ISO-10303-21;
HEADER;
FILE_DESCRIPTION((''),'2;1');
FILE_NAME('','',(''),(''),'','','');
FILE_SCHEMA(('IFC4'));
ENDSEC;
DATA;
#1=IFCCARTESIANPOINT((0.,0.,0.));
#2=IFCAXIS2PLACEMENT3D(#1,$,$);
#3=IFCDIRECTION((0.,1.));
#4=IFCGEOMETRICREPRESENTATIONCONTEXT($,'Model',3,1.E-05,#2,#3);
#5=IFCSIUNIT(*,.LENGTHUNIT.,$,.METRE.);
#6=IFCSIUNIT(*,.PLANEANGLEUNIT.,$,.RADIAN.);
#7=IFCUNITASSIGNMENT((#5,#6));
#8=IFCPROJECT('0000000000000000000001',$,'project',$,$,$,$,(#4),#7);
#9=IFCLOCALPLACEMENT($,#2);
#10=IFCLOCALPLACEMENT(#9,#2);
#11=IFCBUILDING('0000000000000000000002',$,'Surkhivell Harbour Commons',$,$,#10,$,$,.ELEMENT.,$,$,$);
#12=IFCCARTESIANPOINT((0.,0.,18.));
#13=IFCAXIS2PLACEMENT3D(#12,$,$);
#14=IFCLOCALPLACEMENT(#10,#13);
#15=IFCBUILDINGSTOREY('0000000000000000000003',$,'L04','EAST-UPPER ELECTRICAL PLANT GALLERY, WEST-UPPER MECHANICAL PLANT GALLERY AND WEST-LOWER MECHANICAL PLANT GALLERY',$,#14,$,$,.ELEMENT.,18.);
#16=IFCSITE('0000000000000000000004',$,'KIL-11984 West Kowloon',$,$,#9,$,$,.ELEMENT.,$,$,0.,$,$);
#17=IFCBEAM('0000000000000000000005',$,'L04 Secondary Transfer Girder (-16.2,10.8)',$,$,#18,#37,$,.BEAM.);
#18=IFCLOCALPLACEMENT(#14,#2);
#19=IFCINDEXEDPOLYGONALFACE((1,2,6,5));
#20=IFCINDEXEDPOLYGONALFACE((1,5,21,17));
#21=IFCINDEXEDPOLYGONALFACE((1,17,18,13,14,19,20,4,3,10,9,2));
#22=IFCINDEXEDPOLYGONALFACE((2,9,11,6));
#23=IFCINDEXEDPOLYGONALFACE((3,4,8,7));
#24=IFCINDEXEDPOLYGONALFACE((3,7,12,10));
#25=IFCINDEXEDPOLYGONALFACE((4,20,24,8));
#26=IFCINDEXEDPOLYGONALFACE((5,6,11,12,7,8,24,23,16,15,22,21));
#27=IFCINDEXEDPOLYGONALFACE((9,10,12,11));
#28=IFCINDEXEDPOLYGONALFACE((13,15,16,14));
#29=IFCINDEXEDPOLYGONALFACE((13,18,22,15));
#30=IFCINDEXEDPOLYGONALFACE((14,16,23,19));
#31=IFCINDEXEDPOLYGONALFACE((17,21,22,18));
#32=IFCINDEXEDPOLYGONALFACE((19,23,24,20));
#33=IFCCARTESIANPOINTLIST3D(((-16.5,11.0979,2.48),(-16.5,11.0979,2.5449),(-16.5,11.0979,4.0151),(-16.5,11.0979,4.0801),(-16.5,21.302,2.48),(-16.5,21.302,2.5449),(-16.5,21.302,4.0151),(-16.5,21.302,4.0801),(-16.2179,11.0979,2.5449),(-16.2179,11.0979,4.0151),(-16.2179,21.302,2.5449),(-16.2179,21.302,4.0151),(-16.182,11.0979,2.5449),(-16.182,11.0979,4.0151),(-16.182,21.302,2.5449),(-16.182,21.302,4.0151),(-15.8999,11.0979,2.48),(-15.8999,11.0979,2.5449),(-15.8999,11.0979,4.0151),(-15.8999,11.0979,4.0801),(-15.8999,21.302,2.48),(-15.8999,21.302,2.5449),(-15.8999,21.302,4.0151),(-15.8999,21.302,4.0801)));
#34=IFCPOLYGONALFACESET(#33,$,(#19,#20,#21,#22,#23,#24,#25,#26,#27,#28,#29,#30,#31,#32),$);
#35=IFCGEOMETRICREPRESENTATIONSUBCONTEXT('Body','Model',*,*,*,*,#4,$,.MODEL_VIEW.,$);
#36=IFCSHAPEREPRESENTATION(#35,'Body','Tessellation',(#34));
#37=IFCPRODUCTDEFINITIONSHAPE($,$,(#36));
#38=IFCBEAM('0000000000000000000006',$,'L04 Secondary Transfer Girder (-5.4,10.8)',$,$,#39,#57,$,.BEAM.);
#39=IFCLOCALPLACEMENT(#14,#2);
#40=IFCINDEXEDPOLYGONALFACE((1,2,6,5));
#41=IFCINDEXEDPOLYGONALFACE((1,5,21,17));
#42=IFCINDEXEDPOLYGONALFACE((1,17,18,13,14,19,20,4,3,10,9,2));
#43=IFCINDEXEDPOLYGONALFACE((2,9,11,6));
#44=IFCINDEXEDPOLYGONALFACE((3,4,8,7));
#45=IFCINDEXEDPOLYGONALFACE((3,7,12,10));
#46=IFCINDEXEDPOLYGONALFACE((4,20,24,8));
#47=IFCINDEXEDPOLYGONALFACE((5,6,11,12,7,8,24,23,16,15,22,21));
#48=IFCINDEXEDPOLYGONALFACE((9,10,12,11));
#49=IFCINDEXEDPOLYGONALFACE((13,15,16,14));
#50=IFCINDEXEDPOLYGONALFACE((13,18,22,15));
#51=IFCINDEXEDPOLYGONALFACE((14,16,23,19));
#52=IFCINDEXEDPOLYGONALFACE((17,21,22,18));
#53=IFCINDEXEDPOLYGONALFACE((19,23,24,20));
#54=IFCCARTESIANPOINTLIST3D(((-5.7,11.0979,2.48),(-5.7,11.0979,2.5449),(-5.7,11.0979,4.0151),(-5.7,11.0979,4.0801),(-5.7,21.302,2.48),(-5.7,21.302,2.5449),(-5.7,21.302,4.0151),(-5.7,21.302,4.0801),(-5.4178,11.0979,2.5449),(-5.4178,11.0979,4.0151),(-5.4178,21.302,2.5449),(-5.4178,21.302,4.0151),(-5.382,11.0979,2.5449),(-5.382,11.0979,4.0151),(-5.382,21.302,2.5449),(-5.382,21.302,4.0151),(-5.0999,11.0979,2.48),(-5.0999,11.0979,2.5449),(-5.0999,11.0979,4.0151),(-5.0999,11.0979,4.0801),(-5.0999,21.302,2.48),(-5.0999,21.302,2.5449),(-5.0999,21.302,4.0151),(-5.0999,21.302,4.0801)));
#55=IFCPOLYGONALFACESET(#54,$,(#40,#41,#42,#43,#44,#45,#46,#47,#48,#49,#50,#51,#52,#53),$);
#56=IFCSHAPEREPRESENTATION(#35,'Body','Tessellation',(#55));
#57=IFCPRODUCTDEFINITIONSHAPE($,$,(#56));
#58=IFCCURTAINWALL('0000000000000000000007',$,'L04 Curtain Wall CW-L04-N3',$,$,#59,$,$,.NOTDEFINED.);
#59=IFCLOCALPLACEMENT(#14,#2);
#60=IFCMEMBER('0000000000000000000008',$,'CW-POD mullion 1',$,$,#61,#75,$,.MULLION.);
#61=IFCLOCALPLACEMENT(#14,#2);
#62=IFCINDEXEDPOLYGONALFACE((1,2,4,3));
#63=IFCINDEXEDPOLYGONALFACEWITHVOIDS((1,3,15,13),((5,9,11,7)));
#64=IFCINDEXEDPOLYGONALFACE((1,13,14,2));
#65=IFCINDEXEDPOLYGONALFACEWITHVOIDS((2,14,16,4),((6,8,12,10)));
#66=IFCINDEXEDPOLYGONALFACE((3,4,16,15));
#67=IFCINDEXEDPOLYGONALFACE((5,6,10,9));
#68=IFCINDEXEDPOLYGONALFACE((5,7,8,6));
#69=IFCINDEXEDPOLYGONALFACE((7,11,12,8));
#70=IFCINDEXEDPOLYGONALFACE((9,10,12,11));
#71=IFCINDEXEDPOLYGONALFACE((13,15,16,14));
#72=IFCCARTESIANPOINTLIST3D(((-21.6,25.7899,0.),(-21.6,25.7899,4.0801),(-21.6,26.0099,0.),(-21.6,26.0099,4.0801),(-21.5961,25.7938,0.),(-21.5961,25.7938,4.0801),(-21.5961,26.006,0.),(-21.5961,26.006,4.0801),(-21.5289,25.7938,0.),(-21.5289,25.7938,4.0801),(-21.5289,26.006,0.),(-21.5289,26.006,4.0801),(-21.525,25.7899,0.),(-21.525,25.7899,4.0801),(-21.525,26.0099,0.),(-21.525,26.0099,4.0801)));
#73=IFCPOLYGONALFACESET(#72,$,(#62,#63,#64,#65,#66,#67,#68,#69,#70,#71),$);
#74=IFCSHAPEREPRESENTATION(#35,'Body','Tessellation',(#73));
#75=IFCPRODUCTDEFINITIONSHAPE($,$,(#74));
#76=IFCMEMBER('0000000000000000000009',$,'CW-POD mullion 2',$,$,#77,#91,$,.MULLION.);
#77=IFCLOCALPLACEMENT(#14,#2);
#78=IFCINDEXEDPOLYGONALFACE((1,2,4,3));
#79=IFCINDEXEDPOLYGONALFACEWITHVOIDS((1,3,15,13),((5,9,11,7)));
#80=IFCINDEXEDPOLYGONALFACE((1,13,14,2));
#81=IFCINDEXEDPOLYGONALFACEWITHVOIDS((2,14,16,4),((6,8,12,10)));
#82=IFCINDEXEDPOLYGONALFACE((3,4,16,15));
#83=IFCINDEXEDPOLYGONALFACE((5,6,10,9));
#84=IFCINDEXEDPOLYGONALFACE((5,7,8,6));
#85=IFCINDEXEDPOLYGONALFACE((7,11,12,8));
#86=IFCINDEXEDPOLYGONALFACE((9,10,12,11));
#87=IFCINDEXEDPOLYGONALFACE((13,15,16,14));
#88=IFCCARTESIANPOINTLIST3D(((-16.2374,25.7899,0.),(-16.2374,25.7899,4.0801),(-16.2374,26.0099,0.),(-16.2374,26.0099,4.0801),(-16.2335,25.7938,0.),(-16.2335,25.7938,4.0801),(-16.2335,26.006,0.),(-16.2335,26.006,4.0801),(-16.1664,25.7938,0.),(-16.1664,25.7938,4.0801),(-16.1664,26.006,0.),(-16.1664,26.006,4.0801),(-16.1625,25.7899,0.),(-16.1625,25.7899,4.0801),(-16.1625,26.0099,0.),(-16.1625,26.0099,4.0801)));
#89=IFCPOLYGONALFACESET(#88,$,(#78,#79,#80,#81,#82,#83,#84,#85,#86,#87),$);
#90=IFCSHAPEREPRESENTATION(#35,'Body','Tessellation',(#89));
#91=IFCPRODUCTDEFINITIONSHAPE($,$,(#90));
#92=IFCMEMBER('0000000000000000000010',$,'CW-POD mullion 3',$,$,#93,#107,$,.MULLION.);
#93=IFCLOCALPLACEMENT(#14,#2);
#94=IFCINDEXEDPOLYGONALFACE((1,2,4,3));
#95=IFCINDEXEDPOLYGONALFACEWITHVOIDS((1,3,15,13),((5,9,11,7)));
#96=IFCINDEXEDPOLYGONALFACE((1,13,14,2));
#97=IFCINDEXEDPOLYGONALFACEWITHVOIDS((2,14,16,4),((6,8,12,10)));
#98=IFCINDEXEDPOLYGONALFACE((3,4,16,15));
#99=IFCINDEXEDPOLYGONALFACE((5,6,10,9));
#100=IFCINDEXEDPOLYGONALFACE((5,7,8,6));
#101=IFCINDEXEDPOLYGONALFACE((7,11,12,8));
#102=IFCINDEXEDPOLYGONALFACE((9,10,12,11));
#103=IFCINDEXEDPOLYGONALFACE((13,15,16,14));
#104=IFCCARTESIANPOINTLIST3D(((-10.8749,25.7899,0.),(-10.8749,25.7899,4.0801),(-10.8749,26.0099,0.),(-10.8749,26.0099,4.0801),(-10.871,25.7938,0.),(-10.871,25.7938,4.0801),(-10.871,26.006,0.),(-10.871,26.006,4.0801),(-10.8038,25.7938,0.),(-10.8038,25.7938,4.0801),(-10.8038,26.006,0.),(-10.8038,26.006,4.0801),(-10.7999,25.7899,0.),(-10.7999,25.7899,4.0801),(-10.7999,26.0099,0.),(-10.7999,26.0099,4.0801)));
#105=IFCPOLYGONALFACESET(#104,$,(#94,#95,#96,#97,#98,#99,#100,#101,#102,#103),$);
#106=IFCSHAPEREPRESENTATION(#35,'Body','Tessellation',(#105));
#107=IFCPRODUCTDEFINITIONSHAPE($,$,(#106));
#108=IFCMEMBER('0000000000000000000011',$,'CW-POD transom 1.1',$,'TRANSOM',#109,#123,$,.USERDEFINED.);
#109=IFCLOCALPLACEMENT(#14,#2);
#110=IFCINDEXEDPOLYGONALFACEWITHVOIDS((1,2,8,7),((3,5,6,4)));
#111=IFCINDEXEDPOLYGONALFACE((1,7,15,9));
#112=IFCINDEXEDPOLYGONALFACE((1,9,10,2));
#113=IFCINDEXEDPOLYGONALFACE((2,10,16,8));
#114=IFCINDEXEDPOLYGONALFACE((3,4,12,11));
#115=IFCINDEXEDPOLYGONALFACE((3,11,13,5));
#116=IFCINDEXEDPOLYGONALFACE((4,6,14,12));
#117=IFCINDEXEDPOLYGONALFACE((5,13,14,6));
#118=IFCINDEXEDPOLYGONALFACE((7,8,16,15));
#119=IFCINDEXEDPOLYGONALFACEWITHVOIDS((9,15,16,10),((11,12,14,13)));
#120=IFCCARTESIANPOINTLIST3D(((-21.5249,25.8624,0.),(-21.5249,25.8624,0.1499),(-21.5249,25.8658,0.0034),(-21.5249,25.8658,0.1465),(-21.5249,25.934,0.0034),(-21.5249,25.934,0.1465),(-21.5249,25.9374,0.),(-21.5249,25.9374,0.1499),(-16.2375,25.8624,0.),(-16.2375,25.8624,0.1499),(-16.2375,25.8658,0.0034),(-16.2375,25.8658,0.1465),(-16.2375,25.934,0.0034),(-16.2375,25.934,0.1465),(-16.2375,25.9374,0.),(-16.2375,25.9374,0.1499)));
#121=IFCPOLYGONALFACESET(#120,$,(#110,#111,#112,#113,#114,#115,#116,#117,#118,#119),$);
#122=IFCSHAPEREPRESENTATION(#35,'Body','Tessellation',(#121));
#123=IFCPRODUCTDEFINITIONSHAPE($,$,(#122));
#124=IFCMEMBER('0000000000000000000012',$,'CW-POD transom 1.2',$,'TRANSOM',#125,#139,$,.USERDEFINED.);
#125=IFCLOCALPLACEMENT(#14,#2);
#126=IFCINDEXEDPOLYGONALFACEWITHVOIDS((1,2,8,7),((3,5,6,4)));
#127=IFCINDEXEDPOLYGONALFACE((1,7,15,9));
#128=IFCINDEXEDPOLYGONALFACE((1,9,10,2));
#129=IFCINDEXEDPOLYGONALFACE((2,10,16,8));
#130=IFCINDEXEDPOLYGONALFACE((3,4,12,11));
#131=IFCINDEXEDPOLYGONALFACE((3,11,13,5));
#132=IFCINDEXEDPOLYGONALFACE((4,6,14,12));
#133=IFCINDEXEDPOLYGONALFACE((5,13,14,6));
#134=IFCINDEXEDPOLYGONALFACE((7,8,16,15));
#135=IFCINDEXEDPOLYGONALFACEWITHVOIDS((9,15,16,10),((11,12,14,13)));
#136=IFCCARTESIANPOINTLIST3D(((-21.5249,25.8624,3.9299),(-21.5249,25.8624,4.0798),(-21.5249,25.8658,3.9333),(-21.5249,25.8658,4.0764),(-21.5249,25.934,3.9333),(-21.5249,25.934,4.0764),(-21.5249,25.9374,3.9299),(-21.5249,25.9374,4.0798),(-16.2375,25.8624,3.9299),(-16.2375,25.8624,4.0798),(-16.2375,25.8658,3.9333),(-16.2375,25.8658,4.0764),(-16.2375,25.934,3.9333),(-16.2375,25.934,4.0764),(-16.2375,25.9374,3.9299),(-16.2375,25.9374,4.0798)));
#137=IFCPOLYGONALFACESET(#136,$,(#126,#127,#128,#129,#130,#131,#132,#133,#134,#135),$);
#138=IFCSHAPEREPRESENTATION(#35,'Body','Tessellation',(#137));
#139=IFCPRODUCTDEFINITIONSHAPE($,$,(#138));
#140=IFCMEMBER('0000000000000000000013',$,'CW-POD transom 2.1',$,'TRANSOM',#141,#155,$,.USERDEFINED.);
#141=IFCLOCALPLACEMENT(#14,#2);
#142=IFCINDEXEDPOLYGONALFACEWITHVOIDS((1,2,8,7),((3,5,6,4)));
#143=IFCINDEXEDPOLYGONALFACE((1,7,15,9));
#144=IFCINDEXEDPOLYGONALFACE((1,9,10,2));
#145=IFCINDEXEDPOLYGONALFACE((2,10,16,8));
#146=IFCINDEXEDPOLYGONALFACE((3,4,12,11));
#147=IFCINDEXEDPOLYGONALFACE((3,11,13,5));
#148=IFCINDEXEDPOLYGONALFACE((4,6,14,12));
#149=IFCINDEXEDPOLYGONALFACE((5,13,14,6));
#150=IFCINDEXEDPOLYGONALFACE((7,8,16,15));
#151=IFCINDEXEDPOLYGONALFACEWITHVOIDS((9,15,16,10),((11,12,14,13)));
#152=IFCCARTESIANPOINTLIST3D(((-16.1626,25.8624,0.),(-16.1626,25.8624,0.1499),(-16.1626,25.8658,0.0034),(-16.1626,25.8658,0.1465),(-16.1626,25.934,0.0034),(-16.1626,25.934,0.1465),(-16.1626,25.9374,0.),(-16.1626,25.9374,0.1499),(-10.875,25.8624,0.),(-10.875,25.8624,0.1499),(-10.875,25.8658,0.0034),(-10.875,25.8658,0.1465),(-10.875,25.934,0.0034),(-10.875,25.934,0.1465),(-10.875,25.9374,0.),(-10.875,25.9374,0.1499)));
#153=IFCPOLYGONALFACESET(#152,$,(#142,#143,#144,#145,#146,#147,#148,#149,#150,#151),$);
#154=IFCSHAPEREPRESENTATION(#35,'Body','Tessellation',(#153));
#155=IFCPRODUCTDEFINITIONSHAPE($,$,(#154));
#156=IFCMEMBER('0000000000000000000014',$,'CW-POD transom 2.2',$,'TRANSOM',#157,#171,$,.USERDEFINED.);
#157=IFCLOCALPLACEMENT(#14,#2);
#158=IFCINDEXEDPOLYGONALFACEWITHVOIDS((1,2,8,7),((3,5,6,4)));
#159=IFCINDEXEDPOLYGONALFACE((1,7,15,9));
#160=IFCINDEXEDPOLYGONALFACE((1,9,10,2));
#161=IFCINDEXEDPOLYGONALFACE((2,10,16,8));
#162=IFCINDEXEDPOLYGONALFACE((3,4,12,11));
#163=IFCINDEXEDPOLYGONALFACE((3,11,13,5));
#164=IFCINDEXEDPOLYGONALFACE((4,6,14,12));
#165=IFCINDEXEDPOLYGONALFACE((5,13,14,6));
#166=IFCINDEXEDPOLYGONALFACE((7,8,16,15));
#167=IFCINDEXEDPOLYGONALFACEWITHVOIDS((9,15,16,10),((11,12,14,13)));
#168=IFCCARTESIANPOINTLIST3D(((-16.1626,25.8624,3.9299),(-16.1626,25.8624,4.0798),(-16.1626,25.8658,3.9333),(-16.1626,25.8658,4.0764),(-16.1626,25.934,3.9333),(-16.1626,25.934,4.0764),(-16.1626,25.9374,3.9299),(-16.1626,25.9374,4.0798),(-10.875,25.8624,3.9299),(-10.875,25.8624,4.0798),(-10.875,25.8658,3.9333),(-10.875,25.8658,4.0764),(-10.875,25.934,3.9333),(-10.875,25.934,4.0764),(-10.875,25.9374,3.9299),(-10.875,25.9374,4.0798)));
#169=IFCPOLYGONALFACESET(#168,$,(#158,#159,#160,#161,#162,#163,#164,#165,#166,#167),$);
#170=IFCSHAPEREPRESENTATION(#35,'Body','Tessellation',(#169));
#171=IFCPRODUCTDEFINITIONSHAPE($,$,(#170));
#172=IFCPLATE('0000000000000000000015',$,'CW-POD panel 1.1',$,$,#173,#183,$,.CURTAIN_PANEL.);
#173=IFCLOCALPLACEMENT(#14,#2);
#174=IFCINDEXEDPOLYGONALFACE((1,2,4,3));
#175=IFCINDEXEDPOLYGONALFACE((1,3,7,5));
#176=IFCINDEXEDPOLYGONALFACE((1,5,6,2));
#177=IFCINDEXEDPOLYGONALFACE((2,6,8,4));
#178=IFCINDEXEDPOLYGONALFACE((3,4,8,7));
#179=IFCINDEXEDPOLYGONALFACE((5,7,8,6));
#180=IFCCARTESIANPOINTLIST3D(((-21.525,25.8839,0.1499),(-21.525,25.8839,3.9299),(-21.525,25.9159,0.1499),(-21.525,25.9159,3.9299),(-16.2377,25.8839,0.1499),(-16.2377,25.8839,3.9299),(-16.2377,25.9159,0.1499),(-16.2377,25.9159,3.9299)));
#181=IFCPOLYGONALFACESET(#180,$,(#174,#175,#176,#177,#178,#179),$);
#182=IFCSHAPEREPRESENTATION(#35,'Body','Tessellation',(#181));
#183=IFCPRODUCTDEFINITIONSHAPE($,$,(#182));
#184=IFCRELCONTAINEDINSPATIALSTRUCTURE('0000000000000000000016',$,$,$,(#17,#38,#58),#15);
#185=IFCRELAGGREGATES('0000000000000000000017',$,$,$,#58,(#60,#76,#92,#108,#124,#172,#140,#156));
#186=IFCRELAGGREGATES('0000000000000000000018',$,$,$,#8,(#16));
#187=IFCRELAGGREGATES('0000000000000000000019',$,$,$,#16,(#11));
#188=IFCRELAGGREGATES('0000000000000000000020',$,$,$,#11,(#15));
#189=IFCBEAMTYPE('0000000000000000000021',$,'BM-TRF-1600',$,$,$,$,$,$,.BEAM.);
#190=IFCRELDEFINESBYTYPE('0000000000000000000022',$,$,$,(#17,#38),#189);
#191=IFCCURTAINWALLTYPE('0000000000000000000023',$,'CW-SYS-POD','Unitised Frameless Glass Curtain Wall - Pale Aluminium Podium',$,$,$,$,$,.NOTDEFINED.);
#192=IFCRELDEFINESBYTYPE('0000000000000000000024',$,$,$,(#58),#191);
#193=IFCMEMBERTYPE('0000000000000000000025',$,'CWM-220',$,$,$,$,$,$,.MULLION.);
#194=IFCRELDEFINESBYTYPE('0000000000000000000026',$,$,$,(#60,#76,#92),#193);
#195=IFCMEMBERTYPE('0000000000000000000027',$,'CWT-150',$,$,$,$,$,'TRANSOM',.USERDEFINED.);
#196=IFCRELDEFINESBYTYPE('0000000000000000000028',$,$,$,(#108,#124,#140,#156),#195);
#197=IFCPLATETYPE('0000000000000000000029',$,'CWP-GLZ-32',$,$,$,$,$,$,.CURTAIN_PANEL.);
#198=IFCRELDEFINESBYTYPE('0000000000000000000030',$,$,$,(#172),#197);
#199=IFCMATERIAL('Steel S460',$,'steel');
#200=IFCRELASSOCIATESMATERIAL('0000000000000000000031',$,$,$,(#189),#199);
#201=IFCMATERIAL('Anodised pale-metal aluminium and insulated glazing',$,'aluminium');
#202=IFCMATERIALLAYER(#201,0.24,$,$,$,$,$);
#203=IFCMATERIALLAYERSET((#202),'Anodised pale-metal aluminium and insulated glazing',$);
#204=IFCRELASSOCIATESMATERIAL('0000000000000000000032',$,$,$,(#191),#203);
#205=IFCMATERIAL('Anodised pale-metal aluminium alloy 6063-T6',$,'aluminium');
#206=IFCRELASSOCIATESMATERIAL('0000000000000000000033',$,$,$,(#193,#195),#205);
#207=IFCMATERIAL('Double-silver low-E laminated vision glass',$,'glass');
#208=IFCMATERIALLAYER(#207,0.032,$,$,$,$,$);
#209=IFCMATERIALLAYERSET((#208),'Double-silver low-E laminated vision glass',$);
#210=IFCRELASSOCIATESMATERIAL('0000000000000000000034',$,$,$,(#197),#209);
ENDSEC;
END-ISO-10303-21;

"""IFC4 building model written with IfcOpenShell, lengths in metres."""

from ifc_helpers import new_model, si_unit, direction, frame, frame_2d, origin, origin_2d, place, context, subcontext, project, spatial, rectangle, hollow_rectangle, i_section, extrude, material, layer, layer_set, material_profile, profile_set, type_object, element, aggregate, save


model = new_model("IFC4")

# Units and contexts
model_context = context("Model", 3, precision=1e-05, world=origin(), true_north=direction((0.0, 1.0)))
body_context = subcontext(model_context, "Body", "Model", "MODEL_VIEW")
ifc_project = project(units=[si_unit("LENGTHUNIT", "METRE"), si_unit("PLANEANGLEUNIT", "RADIAN")], contexts=[model_context])

# Site, building, storey
site_placement = place(None, origin())
site = spatial("IfcSite", under=ifc_project, at=site_placement, Name="KIL-11984 West Kowloon", CompositionType="ELEMENT", RefElevation=0.0)
building_placement = place(site_placement, origin())
building = spatial("IfcBuilding", under=site, at=building_placement, Name="Surkhivell Harbour Commons", CompositionType="ELEMENT")
storey_placement = place(building_placement, frame((0.0, 0.0, 18.0)))
storey = spatial("IfcBuildingStorey", under=building, at=storey_placement, Name="L04", Description="EAST-UPPER ELECTRICAL PLANT GALLERY, WEST-UPPER MECHANICAL PLANT GALLERY AND WEST-LOWER MECHANICAL PLANT GALLERY", CompositionType="ELEMENT", Elevation=18.0)

# Beams
ifc_material_1 = material(Name="Steel S460", Category="steel")
ifc_material_profile_1 = material_profile(ifc_material_1, i_section(OverallWidth=0.6001, OverallDepth=1.6001, WebThickness=0.0359, FlangeThickness=0.0649, at=origin_2d()), Name="WPG1600x600x296")
ifc_profile_set_1 = profile_set([ifc_material_profile_1], Name="Steel S460")
beam_type_1 = type_object("IfcBeamType", Name="BM-TRF-1600", PredefinedType="BEAM", material=ifc_profile_set_1)
for number, where, z_axis, x_axis, name in (
    (1, (-16.2, 11.0979, 3.28), (0.0, 1.0, 0.0), (-1.0, 0.0, 0.0), "L04 Secondary Transfer Girder (-16.2,10.8)"),
    (2, (-5.3999, 11.0979, 3.28), (0.0, 1.0, 0.0), (-1.0, 0.0, 0.0), "L04 Secondary Transfer Girder (-5.4,10.8)"),
):
    element("IfcBeam", number, at=place(storey_placement, frame(where, z_axis=z_axis, x_axis=x_axis)), inside=storey, type_object=beam_type_1, Name=name, PredefinedType="BEAM", context=body_context, shape_type="SweptSolid", body=[
        extrude(i_section(OverallWidth=0.6001, OverallDepth=1.6001, WebThickness=0.0359, FlangeThickness=0.0649, at=origin_2d()), origin(), (0.0, 0.0, 1.0), 10.2041),
    ])

# Curtain wall, members, plate
ifc_material_2 = material(Name="Anodised pale-metal aluminium and insulated glazing", Category="aluminium")
ifc_layer_1 = layer(ifc_material_2, 0.24)
ifc_layer_set_1 = layer_set([ifc_layer_1], Name="Anodised pale-metal aluminium and insulated glazing")
curtain_wall_type = type_object("IfcCurtainWallType", Name="CW-SYS-POD", Description="Unitised Frameless Glass Curtain Wall - Pale Aluminium Podium", PredefinedType="NOTDEFINED", material=ifc_layer_set_1)
curtain_wall_placement = place(storey_placement, origin())
curtain_wall = element("IfcCurtainWall", 3, at=curtain_wall_placement, inside=storey, type_object=curtain_wall_type, Name="L04 Curtain Wall CW-L04-N3", PredefinedType="NOTDEFINED")
ifc_material_3 = material(Name="Anodised pale-metal aluminium alloy 6063-T6", Category="aluminium")
ifc_material_profile_2 = material_profile(ifc_material_3, hollow_rectangle(XDim=0.075, YDim=0.22, WallThickness=0.0039, at=origin_2d()), Name="ALU-MULL-75x220")
ifc_profile_set_2 = profile_set([ifc_material_profile_2], Name="Anodised pale-metal aluminium alloy 6063-T6")
member_type_1 = type_object("IfcMemberType", Name="CWM-220", PredefinedType="MULLION", material=ifc_profile_set_2)
member_1_placement = place(storey_placement, frame((-21.5625, 25.8999, 0.0), z_axis=(0.0, 0.0, 1.0), x_axis=(1.0, 0.0, 0.0)))
member_1 = element("IfcMember", 4, at=member_1_placement, type_object=member_type_1, Name="CW-POD mullion 1", PredefinedType="MULLION", context=body_context, shape_type="SweptSolid", body=[
    extrude(hollow_rectangle(XDim=0.075, YDim=0.22, WallThickness=0.0039, at=origin_2d()), origin(), (0.0, 0.0, 1.0), 4.0801),
])
member_2_placement = place(storey_placement, frame((-16.2, 25.8999, 0.0), z_axis=(0.0, 0.0, 1.0), x_axis=(1.0, 0.0, 0.0)))
member_2 = element("IfcMember", 5, at=member_2_placement, type_object=member_type_1, Name="CW-POD mullion 2", PredefinedType="MULLION", context=body_context, shape_type="SweptSolid", body=[
    extrude(hollow_rectangle(XDim=0.075, YDim=0.22, WallThickness=0.0039, at=origin_2d()), origin(), (0.0, 0.0, 1.0), 4.0801),
])
member_3_placement = place(storey_placement, frame((-10.8374, 25.8999, 0.0), z_axis=(0.0, 0.0, 1.0), x_axis=(1.0, 0.0, 0.0)))
member_3 = element("IfcMember", 6, at=member_3_placement, type_object=member_type_1, Name="CW-POD mullion 3", PredefinedType="MULLION", context=body_context, shape_type="SweptSolid", body=[
    extrude(hollow_rectangle(XDim=0.075, YDim=0.22, WallThickness=0.0039, at=origin_2d()), origin(), (0.0, 0.0, 1.0), 4.0801),
])
ifc_material_profile_3 = material_profile(ifc_material_3, hollow_rectangle(XDim=0.075, YDim=0.1499, WallThickness=0.0034, at=origin_2d()), Name="ALU-TRAN-75x150")
ifc_profile_set_3 = profile_set([ifc_material_profile_3], Name="Anodised pale-metal aluminium alloy 6063-T6")
member_type_2 = type_object("IfcMemberType", Name="CWT-150", ElementType="TRANSOM", PredefinedType="USERDEFINED", material=ifc_profile_set_3)
member_4_placement = place(storey_placement, frame((-21.5249, 25.8999, 0.075), z_axis=(1.0, 0.0, 0.0), x_axis=(0.0, 1.0, 0.0)))
member_4 = element("IfcMember", 7, at=member_4_placement, type_object=member_type_2, Name="CW-POD transom 1.1", ObjectType="TRANSOM", PredefinedType="USERDEFINED", context=body_context, shape_type="SweptSolid", body=[
    extrude(hollow_rectangle(XDim=0.075, YDim=0.1499, WallThickness=0.0034, at=origin_2d()), origin(), (0.0, 0.0, 1.0), 5.2874),
])
member_5_placement = place(storey_placement, frame((-21.5249, 25.8999, 4.0049), z_axis=(1.0, 0.0, 0.0), x_axis=(0.0, 1.0, 0.0)))
member_5 = element("IfcMember", 8, at=member_5_placement, type_object=member_type_2, Name="CW-POD transom 1.2", ObjectType="TRANSOM", PredefinedType="USERDEFINED", context=body_context, shape_type="SweptSolid", body=[
    extrude(hollow_rectangle(XDim=0.075, YDim=0.1499, WallThickness=0.0034, at=origin_2d()), origin(), (0.0, 0.0, 1.0), 5.2874),
])
member_6_placement = place(storey_placement, frame((-16.1626, 25.8999, 0.075), z_axis=(1.0, 0.0, 0.0), x_axis=(0.0, 1.0, 0.0)))
member_6 = element("IfcMember", 9, at=member_6_placement, type_object=member_type_2, Name="CW-POD transom 2.1", ObjectType="TRANSOM", PredefinedType="USERDEFINED", context=body_context, shape_type="SweptSolid", body=[
    extrude(hollow_rectangle(XDim=0.075, YDim=0.1499, WallThickness=0.0034, at=origin_2d()), origin(), (0.0, 0.0, 1.0), 5.2876),
])
member_7_placement = place(storey_placement, frame((-16.1626, 25.8999, 4.0049), z_axis=(1.0, 0.0, 0.0), x_axis=(0.0, 1.0, 0.0)))
member_7 = element("IfcMember", 10, at=member_7_placement, type_object=member_type_2, Name="CW-POD transom 2.2", ObjectType="TRANSOM", PredefinedType="USERDEFINED", context=body_context, shape_type="SweptSolid", body=[
    extrude(hollow_rectangle(XDim=0.075, YDim=0.1499, WallThickness=0.0034, at=origin_2d()), origin(), (0.0, 0.0, 1.0), 5.2876),
])
ifc_material_4 = material(Name="Double-silver low-E laminated vision glass", Category="glass")
ifc_layer_2 = layer(ifc_material_4, 0.032)
ifc_layer_set_2 = layer_set([ifc_layer_2], Name="Double-silver low-E laminated vision glass")
plate_type = type_object("IfcPlateType", Name="CWP-GLZ-32", PredefinedType="CURTAIN_PANEL", material=ifc_layer_set_2)
plate_1_placement = place(storey_placement, frame((-21.5249, 25.8999, 0.1499), z_axis=(0.0, 0.0, 1.0), x_axis=(1.0, 0.0, 0.0)))
plate_1 = element("IfcPlate", 11, at=plate_1_placement, type_object=plate_type, Name="CW-POD panel 1.1", PredefinedType="CURTAIN_PANEL", context=body_context, shape_type="SweptSolid", body=[
    extrude(rectangle(XDim=5.2874, YDim=0.032, at=frame_2d((2.6436, 0.0))), origin(), (0.0, 0.0, 1.0), 3.78),
])
aggregate(curtain_wall, [member_1, member_2, member_3, member_4, member_5, plate_1, member_6, member_7])

save(model, "model.ifc")
